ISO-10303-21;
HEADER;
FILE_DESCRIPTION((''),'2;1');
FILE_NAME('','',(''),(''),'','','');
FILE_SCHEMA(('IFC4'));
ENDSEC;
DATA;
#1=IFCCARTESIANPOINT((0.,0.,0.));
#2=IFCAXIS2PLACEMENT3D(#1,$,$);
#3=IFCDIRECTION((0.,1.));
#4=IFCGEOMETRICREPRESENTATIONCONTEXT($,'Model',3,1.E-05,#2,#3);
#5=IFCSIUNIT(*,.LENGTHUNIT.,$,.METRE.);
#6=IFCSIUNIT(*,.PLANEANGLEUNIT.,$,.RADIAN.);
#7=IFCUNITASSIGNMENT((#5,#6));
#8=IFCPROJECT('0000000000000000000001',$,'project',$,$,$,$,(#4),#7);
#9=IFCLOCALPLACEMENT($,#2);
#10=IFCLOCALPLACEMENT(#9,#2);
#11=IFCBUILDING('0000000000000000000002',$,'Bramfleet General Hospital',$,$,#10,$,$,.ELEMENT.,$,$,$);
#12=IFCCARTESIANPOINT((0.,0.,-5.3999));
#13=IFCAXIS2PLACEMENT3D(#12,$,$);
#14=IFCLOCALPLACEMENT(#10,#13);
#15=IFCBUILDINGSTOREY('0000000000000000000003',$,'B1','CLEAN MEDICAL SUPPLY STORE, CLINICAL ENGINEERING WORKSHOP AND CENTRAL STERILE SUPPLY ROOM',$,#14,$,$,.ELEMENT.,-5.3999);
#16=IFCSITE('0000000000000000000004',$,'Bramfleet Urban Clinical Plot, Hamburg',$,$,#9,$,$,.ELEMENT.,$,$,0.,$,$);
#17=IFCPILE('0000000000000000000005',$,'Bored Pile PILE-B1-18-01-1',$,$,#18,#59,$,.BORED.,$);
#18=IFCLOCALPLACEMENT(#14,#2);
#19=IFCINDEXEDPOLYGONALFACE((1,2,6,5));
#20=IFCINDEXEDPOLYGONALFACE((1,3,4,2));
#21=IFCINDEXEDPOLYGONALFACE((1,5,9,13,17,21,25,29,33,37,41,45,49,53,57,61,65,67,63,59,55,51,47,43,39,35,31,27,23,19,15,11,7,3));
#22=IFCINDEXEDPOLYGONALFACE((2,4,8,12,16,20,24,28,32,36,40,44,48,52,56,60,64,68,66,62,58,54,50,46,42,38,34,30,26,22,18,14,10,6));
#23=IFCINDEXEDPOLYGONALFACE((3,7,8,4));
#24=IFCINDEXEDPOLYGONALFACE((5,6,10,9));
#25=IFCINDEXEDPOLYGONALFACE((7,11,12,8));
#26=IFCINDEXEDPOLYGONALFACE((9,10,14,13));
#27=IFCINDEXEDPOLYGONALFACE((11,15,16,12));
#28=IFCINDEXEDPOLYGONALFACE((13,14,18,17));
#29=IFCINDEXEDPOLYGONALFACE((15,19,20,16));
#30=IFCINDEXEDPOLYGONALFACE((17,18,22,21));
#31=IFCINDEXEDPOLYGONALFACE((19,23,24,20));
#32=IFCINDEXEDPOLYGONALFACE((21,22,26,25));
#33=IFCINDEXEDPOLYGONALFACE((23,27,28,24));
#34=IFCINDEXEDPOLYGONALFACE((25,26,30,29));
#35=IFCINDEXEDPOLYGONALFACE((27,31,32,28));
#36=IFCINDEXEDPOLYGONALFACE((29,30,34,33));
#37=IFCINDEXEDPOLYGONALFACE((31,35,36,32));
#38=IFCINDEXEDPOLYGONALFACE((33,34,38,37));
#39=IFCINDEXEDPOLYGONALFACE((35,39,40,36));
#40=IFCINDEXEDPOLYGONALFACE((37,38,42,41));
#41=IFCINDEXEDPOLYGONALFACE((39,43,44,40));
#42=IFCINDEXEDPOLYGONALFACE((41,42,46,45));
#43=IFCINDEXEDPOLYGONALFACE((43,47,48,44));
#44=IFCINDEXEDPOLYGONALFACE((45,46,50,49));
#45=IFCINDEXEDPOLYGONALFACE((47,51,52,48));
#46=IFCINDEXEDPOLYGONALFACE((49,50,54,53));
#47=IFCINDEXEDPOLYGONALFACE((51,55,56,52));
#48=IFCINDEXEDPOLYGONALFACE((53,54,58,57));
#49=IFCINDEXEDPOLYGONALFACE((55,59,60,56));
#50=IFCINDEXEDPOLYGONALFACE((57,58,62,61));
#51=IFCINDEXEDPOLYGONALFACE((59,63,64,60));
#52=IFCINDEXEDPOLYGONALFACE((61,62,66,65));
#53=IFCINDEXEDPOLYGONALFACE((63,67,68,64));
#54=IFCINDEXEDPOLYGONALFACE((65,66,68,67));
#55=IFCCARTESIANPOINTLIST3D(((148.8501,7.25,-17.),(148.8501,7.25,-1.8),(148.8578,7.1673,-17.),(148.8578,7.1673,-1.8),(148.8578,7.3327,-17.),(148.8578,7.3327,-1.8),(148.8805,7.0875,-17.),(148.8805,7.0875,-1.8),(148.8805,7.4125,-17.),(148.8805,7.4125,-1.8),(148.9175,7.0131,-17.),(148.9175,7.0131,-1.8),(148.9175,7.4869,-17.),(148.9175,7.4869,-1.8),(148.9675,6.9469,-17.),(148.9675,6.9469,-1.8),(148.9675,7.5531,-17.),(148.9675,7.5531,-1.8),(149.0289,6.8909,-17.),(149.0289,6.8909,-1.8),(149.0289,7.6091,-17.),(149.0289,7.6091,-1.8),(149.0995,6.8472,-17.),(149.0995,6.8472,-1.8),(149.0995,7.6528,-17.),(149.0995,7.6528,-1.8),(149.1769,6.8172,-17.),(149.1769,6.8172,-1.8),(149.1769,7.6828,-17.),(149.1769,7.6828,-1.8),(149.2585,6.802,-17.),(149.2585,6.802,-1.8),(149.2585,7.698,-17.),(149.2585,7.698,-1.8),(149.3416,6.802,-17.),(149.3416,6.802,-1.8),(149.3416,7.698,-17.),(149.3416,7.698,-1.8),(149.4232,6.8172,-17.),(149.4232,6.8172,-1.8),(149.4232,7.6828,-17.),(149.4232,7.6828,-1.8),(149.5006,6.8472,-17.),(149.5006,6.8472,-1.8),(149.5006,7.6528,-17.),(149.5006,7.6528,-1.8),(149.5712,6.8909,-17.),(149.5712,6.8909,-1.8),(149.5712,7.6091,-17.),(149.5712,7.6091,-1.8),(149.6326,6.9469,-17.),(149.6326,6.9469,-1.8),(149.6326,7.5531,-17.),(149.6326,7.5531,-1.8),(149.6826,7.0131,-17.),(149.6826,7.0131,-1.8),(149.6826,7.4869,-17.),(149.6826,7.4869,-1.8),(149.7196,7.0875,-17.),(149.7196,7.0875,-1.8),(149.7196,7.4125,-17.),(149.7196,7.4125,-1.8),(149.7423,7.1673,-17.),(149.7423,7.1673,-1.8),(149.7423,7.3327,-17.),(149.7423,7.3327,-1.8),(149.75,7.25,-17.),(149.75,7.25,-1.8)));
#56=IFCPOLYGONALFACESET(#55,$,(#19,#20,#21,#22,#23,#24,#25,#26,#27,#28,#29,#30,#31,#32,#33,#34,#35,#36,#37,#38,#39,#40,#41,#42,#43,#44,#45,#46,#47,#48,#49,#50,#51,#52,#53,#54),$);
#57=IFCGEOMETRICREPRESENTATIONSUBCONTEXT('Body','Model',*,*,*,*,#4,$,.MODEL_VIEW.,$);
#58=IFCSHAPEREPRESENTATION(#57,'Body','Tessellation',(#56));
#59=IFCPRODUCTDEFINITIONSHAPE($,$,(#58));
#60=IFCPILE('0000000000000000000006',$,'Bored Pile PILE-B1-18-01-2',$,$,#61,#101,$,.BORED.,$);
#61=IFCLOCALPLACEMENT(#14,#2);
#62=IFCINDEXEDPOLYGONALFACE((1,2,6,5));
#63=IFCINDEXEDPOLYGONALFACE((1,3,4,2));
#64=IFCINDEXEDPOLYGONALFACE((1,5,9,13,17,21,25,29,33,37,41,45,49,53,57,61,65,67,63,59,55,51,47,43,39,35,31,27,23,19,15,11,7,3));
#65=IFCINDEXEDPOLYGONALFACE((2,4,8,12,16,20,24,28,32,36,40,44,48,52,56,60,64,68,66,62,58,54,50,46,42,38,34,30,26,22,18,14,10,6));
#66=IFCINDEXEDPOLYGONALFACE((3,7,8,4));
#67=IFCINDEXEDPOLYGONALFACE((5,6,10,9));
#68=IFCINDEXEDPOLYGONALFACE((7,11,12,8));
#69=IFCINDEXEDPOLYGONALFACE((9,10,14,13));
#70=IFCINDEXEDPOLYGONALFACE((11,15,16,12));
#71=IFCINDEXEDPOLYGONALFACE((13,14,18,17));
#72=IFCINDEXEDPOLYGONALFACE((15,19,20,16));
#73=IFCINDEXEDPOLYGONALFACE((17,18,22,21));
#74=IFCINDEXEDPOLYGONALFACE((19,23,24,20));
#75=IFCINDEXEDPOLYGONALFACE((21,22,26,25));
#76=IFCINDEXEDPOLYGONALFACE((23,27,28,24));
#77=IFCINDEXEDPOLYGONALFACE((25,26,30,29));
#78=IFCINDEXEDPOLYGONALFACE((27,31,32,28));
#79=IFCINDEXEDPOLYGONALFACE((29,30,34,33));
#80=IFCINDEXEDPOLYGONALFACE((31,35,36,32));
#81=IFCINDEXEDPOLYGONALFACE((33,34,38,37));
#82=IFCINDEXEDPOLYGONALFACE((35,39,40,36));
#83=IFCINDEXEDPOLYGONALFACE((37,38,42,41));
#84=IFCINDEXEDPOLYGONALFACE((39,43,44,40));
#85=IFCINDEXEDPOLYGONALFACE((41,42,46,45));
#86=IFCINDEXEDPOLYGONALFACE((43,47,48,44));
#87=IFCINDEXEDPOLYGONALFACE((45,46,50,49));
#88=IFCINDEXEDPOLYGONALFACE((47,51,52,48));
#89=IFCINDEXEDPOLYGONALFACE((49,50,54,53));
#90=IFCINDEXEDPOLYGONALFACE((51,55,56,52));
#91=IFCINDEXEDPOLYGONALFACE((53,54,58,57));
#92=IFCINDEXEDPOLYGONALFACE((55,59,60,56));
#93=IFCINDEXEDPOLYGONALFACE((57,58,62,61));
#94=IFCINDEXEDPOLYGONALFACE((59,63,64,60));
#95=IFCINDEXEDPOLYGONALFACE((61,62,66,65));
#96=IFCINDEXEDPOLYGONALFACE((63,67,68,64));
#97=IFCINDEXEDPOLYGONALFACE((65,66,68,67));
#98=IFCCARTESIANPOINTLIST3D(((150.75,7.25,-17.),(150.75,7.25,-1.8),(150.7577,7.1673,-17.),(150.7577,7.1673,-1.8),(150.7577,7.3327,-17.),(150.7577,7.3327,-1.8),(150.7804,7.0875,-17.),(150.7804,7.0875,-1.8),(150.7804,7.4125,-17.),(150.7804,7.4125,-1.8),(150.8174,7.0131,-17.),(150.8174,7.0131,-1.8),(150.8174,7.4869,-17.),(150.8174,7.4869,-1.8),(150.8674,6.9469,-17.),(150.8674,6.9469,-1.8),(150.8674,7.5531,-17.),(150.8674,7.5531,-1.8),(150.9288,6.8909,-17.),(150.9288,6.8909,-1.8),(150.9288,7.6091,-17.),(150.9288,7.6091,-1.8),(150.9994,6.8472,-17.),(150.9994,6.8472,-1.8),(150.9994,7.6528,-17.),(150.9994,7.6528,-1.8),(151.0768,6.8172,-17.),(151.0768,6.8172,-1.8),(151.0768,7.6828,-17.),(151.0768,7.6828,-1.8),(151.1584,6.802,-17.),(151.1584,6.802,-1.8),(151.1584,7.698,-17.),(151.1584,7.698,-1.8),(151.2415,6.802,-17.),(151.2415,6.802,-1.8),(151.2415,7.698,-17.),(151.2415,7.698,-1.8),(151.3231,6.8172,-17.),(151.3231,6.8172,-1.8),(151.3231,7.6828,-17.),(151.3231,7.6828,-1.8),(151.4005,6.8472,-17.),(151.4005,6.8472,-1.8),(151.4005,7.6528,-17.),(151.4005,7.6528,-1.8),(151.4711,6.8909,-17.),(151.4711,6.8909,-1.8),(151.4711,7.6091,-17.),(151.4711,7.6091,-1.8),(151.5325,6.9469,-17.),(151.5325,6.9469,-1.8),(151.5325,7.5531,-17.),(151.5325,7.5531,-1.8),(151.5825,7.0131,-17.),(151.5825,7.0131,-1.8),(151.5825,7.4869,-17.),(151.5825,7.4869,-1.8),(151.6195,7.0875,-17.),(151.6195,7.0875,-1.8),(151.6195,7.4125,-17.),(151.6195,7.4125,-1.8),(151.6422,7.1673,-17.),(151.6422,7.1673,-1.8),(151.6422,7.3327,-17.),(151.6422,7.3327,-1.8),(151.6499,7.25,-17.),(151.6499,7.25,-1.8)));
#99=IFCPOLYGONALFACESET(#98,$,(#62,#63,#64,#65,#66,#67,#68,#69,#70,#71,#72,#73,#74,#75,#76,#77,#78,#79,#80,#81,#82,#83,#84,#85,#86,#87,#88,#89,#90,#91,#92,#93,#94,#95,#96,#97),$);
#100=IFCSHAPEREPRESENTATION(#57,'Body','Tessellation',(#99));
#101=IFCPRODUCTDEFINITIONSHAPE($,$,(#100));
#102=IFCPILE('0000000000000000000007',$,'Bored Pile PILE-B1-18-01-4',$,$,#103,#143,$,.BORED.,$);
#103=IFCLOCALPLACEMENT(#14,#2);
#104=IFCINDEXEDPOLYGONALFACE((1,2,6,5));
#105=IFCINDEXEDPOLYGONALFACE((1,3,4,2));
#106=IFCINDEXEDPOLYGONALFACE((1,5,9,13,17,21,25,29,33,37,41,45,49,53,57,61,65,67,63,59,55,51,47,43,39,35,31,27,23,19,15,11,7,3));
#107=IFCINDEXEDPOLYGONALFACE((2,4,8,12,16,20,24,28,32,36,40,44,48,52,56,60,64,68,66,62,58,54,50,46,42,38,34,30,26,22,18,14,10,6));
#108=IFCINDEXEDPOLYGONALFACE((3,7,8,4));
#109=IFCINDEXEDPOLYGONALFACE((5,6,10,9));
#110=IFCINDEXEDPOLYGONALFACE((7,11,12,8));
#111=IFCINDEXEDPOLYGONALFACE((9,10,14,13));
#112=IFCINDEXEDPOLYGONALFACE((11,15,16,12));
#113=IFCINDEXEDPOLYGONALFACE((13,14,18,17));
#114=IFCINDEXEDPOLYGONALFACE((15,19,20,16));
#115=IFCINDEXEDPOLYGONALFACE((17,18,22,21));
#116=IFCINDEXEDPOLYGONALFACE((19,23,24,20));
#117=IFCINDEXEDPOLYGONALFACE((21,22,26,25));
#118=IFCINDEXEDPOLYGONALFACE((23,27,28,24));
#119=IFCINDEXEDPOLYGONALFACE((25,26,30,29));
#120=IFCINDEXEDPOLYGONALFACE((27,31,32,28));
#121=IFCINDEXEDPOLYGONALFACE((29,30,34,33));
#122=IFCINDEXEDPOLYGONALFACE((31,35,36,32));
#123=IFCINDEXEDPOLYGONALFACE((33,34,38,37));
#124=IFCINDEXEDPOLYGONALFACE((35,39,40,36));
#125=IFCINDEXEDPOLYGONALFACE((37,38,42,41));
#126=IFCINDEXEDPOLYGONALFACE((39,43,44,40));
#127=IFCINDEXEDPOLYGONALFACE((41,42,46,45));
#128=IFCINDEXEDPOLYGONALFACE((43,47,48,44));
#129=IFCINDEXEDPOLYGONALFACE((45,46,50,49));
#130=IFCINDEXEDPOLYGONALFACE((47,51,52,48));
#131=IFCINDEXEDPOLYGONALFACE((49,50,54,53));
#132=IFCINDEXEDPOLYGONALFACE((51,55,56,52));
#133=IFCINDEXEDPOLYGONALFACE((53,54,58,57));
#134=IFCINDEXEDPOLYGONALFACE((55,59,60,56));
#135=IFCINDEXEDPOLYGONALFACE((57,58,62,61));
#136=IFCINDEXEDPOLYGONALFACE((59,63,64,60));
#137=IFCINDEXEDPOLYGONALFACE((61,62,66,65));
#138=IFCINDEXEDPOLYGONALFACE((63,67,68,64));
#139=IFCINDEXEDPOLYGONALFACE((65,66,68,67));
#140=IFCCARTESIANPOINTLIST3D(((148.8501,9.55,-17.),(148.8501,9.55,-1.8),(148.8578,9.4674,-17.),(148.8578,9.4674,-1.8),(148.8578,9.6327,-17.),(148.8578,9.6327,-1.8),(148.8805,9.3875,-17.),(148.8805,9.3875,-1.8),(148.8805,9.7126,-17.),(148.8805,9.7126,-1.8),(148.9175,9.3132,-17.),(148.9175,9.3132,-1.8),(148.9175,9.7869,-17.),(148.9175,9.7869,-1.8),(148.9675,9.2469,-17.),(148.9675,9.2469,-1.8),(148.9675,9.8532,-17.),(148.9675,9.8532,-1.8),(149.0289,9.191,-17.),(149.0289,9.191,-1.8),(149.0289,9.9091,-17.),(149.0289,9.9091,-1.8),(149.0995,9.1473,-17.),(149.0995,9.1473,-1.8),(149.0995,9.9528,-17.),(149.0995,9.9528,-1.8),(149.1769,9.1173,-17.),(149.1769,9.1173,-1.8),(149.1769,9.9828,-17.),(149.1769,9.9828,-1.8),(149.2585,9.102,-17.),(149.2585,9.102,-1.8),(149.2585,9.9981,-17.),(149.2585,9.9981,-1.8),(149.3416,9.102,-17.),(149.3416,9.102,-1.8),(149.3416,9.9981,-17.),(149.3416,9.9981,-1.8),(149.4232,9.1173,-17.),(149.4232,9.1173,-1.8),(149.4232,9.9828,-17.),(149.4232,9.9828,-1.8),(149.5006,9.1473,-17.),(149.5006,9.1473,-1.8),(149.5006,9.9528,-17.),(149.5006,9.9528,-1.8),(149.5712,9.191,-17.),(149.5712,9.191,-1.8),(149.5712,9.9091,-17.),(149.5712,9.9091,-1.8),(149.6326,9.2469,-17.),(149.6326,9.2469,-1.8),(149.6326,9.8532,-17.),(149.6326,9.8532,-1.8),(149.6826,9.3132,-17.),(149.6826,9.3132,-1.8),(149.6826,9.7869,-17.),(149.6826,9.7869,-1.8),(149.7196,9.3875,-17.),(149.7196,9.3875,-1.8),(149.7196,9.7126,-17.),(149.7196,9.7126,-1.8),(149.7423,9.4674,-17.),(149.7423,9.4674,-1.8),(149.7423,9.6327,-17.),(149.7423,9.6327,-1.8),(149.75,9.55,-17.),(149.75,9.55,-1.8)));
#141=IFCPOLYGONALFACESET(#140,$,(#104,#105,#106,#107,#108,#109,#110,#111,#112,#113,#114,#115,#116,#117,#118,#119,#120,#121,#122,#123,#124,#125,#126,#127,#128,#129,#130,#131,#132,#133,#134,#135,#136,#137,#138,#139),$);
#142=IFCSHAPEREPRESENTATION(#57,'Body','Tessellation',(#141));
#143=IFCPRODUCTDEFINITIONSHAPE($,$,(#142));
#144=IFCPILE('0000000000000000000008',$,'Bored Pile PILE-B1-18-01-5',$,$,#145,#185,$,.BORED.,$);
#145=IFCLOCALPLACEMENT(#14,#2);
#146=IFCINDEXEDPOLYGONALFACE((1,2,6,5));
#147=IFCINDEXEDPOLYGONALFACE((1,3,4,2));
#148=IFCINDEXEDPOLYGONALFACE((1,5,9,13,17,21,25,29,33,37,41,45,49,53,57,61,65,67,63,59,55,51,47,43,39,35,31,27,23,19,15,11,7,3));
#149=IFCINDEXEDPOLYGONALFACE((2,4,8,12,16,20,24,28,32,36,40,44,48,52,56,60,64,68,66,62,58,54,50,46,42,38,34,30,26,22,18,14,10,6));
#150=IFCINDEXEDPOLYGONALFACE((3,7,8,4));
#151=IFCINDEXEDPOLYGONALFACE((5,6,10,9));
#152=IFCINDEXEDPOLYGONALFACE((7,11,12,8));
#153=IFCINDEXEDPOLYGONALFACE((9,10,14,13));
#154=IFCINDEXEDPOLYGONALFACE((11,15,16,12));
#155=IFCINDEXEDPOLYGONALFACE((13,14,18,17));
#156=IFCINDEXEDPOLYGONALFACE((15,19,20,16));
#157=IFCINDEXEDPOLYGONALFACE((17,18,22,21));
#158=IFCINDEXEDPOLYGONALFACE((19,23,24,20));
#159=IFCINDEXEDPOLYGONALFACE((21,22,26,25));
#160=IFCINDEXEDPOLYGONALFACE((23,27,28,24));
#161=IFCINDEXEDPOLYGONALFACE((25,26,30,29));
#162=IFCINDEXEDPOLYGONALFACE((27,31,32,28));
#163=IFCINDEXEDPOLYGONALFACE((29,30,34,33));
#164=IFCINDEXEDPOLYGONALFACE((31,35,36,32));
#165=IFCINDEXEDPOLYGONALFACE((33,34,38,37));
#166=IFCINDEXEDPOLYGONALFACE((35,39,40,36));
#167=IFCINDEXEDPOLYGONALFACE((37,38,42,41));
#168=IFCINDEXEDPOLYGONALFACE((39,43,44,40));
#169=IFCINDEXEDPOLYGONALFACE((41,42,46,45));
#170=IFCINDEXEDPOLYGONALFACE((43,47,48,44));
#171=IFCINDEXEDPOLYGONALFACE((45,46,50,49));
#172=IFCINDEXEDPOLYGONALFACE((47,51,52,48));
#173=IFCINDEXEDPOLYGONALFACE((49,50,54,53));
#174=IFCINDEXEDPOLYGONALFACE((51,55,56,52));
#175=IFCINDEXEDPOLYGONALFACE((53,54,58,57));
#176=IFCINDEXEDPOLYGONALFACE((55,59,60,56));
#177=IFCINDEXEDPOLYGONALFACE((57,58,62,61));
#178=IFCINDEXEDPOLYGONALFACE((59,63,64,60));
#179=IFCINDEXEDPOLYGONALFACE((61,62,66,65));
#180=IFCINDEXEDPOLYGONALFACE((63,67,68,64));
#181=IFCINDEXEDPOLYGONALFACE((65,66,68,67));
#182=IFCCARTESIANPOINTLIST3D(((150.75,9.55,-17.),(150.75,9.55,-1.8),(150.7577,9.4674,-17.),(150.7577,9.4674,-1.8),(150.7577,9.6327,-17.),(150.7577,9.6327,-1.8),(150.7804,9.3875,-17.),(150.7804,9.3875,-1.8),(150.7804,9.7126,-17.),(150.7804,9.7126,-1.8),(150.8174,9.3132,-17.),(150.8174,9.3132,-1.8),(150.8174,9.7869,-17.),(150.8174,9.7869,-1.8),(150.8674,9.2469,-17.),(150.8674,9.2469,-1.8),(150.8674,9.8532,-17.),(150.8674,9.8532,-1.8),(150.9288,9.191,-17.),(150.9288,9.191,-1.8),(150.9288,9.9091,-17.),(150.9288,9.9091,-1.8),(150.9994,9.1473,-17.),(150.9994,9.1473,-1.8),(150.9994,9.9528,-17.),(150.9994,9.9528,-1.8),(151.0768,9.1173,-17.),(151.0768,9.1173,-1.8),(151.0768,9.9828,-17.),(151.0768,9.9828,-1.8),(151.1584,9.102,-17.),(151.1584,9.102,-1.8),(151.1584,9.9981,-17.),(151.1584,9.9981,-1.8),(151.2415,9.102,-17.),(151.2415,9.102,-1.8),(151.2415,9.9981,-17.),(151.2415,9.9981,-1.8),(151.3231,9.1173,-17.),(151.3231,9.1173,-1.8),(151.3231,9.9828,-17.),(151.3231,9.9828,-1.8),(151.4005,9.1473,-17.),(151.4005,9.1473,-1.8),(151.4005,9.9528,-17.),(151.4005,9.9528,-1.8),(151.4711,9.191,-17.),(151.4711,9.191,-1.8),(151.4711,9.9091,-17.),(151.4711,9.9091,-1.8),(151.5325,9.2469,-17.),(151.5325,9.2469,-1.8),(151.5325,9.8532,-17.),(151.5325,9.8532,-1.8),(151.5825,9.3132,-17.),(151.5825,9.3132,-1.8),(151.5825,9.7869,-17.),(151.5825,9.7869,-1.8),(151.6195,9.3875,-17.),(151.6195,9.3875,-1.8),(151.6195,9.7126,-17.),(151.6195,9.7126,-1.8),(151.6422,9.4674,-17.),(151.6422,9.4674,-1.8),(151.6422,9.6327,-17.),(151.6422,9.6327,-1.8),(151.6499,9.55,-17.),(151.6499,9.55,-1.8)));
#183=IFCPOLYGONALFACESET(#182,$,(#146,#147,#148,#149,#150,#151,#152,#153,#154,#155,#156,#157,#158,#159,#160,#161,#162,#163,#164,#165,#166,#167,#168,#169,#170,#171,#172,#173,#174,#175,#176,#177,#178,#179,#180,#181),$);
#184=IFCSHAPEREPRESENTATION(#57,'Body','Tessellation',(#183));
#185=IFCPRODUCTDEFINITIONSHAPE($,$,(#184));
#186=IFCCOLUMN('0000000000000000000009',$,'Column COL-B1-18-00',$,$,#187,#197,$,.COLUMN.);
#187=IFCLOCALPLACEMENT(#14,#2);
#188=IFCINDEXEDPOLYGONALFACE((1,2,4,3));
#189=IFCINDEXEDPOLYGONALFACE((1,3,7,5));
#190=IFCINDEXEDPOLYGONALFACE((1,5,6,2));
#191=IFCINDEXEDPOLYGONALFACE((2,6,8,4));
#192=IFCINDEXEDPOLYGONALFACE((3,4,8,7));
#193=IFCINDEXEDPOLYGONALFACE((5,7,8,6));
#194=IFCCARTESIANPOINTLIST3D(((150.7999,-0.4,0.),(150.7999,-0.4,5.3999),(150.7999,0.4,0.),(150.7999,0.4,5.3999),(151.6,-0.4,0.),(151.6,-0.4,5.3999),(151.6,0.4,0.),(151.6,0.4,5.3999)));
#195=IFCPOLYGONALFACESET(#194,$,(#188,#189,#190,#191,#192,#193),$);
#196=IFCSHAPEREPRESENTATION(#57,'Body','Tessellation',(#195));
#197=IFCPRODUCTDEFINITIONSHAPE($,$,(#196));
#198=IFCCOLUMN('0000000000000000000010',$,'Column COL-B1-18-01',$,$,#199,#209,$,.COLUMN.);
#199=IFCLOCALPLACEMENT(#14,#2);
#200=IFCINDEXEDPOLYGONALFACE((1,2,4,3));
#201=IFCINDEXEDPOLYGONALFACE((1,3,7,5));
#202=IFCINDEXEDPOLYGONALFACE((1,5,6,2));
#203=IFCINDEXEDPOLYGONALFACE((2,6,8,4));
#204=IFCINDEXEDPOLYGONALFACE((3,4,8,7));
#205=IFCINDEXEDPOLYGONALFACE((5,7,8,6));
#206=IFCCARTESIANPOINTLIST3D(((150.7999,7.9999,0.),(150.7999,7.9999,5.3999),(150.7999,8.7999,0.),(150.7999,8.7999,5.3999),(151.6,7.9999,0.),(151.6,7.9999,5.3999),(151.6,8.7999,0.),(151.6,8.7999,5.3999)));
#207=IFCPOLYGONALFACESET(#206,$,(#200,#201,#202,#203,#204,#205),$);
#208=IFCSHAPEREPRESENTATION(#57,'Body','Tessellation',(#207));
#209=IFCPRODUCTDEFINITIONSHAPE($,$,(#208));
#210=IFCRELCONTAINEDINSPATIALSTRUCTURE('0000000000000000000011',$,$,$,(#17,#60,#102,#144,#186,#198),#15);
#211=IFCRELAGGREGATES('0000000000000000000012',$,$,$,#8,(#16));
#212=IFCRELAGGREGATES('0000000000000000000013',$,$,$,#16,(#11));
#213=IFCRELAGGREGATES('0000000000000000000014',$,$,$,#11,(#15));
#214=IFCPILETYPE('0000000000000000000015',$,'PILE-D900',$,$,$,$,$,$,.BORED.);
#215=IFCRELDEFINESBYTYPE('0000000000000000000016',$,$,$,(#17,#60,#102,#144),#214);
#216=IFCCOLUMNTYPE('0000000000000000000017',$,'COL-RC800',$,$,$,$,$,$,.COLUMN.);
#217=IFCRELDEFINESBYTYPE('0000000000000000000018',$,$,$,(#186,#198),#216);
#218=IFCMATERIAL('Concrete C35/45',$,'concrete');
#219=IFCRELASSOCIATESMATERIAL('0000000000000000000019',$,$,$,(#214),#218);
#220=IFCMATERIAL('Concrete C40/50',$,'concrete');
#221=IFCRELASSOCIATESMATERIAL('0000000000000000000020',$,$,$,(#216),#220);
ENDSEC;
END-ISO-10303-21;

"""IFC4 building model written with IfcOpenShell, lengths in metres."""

from ifc_helpers import new_model, si_unit, direction, frame, origin, origin_2d, place, context, subcontext, project, spatial, rectangle, circle, extrude, material, material_profile, profile_set, type_object, element, save


model = new_model("IFC4")

# Units and contexts
model_context = context("Model", 3, precision=1e-05, world=origin(), true_north=direction((0.0, 1.0)))
body_context = subcontext(model_context, "Body", "Model", "MODEL_VIEW")
ifc_project = project(units=[si_unit("LENGTHUNIT", "METRE"), si_unit("PLANEANGLEUNIT", "RADIAN")], contexts=[model_context])

# Site, building, storey
site_placement = place(None, origin())
site = spatial("IfcSite", under=ifc_project, at=site_placement, Name="Bramfleet Urban Clinical Plot, Hamburg", CompositionType="ELEMENT", RefElevation=0.0)
building_placement = place(site_placement, origin())
building = spatial("IfcBuilding", under=site, at=building_placement, Name="Bramfleet General Hospital", CompositionType="ELEMENT")
storey_placement = place(building_placement, frame((0.0, 0.0, -5.3999)))
storey = spatial("IfcBuildingStorey", under=building, at=storey_placement, Name="B1", Description="CLEAN MEDICAL SUPPLY STORE, CLINICAL ENGINEERING WORKSHOP AND CENTRAL STERILE SUPPLY ROOM", CompositionType="ELEMENT", Elevation=-5.3999)

# Shared definitions
ifc_material_1 = material(Name="Concrete C35/45", Category="concrete")

# Piles
ifc_material_profile_1 = material_profile(ifc_material_1, circle(Radius=0.45, at=origin_2d()), Name="PILE BORED D900")
ifc_profile_set_1 = profile_set([ifc_material_profile_1], Name="Concrete C35/45")
pile_type_1 = type_object("IfcPileType", Name="PILE-D900", PredefinedType="BORED", material=ifc_profile_set_1)
for number, where, z_axis, x_axis, name in (
    (1, (149.3, 7.25, -1.8), (0.0, 0.0, -1.0), (1.0, 0.0, 0.0), "Bored Pile PILE-B1-18-01-1"),
    (2, (151.2, 7.25, -1.8), (0.0, 0.0, -1.0), (1.0, 0.0, 0.0), "Bored Pile PILE-B1-18-01-2"),
    (3, (149.3, 9.55, -1.8), (0.0, 0.0, -1.0), (1.0, 0.0, 0.0), "Bored Pile PILE-B1-18-01-4"),
    (4, (151.2, 9.55, -1.8), (0.0, 0.0, -1.0), (1.0, 0.0, 0.0), "Bored Pile PILE-B1-18-01-5"),
):
    element("IfcPile", number, at=place(storey_placement, frame(where, z_axis=z_axis, x_axis=x_axis)), inside=storey, type_object=pile_type_1, Name=name, PredefinedType="BORED", context=body_context, shape_type="SweptSolid", body=[
        extrude(circle(Radius=0.45, at=origin_2d()), origin(), (0.0, 0.0, 1.0), 15.2),
    ])

# Columns
ifc_material_2 = material(Name="Concrete C40/50", Category="concrete")
ifc_material_profile_2 = material_profile(ifc_material_2, rectangle(XDim=0.8, YDim=0.8, at=origin_2d()), Name="RC COL 800x800")
ifc_profile_set_2 = profile_set([ifc_material_profile_2], Name="Concrete C40/50")
column_type_1 = type_object("IfcColumnType", Name="COL-RC800", PredefinedType="COLUMN", material=ifc_profile_set_2)
for number, where, z_axis, x_axis, name in (
    (5, (151.2, 0.0, 0.0), (0.0, 0.0, 1.0), (1.0, 0.0, 0.0), "Column COL-B1-18-00"),
    (6, (151.2, 8.3999, 0.0), (0.0, 0.0, 1.0), (1.0, 0.0, 0.0), "Column COL-B1-18-01"),
):
    element("IfcColumn", number, at=place(storey_placement, frame(where, z_axis=z_axis, x_axis=x_axis)), inside=storey, type_object=column_type_1, Name=name, PredefinedType="COLUMN", context=body_context, shape_type="SweptSolid", body=[
        extrude(rectangle(XDim=0.8, YDim=0.8, at=origin_2d()), origin(), (0.0, 0.0, 1.0), 5.3999),
    ])

save(model, "model.ifc")
